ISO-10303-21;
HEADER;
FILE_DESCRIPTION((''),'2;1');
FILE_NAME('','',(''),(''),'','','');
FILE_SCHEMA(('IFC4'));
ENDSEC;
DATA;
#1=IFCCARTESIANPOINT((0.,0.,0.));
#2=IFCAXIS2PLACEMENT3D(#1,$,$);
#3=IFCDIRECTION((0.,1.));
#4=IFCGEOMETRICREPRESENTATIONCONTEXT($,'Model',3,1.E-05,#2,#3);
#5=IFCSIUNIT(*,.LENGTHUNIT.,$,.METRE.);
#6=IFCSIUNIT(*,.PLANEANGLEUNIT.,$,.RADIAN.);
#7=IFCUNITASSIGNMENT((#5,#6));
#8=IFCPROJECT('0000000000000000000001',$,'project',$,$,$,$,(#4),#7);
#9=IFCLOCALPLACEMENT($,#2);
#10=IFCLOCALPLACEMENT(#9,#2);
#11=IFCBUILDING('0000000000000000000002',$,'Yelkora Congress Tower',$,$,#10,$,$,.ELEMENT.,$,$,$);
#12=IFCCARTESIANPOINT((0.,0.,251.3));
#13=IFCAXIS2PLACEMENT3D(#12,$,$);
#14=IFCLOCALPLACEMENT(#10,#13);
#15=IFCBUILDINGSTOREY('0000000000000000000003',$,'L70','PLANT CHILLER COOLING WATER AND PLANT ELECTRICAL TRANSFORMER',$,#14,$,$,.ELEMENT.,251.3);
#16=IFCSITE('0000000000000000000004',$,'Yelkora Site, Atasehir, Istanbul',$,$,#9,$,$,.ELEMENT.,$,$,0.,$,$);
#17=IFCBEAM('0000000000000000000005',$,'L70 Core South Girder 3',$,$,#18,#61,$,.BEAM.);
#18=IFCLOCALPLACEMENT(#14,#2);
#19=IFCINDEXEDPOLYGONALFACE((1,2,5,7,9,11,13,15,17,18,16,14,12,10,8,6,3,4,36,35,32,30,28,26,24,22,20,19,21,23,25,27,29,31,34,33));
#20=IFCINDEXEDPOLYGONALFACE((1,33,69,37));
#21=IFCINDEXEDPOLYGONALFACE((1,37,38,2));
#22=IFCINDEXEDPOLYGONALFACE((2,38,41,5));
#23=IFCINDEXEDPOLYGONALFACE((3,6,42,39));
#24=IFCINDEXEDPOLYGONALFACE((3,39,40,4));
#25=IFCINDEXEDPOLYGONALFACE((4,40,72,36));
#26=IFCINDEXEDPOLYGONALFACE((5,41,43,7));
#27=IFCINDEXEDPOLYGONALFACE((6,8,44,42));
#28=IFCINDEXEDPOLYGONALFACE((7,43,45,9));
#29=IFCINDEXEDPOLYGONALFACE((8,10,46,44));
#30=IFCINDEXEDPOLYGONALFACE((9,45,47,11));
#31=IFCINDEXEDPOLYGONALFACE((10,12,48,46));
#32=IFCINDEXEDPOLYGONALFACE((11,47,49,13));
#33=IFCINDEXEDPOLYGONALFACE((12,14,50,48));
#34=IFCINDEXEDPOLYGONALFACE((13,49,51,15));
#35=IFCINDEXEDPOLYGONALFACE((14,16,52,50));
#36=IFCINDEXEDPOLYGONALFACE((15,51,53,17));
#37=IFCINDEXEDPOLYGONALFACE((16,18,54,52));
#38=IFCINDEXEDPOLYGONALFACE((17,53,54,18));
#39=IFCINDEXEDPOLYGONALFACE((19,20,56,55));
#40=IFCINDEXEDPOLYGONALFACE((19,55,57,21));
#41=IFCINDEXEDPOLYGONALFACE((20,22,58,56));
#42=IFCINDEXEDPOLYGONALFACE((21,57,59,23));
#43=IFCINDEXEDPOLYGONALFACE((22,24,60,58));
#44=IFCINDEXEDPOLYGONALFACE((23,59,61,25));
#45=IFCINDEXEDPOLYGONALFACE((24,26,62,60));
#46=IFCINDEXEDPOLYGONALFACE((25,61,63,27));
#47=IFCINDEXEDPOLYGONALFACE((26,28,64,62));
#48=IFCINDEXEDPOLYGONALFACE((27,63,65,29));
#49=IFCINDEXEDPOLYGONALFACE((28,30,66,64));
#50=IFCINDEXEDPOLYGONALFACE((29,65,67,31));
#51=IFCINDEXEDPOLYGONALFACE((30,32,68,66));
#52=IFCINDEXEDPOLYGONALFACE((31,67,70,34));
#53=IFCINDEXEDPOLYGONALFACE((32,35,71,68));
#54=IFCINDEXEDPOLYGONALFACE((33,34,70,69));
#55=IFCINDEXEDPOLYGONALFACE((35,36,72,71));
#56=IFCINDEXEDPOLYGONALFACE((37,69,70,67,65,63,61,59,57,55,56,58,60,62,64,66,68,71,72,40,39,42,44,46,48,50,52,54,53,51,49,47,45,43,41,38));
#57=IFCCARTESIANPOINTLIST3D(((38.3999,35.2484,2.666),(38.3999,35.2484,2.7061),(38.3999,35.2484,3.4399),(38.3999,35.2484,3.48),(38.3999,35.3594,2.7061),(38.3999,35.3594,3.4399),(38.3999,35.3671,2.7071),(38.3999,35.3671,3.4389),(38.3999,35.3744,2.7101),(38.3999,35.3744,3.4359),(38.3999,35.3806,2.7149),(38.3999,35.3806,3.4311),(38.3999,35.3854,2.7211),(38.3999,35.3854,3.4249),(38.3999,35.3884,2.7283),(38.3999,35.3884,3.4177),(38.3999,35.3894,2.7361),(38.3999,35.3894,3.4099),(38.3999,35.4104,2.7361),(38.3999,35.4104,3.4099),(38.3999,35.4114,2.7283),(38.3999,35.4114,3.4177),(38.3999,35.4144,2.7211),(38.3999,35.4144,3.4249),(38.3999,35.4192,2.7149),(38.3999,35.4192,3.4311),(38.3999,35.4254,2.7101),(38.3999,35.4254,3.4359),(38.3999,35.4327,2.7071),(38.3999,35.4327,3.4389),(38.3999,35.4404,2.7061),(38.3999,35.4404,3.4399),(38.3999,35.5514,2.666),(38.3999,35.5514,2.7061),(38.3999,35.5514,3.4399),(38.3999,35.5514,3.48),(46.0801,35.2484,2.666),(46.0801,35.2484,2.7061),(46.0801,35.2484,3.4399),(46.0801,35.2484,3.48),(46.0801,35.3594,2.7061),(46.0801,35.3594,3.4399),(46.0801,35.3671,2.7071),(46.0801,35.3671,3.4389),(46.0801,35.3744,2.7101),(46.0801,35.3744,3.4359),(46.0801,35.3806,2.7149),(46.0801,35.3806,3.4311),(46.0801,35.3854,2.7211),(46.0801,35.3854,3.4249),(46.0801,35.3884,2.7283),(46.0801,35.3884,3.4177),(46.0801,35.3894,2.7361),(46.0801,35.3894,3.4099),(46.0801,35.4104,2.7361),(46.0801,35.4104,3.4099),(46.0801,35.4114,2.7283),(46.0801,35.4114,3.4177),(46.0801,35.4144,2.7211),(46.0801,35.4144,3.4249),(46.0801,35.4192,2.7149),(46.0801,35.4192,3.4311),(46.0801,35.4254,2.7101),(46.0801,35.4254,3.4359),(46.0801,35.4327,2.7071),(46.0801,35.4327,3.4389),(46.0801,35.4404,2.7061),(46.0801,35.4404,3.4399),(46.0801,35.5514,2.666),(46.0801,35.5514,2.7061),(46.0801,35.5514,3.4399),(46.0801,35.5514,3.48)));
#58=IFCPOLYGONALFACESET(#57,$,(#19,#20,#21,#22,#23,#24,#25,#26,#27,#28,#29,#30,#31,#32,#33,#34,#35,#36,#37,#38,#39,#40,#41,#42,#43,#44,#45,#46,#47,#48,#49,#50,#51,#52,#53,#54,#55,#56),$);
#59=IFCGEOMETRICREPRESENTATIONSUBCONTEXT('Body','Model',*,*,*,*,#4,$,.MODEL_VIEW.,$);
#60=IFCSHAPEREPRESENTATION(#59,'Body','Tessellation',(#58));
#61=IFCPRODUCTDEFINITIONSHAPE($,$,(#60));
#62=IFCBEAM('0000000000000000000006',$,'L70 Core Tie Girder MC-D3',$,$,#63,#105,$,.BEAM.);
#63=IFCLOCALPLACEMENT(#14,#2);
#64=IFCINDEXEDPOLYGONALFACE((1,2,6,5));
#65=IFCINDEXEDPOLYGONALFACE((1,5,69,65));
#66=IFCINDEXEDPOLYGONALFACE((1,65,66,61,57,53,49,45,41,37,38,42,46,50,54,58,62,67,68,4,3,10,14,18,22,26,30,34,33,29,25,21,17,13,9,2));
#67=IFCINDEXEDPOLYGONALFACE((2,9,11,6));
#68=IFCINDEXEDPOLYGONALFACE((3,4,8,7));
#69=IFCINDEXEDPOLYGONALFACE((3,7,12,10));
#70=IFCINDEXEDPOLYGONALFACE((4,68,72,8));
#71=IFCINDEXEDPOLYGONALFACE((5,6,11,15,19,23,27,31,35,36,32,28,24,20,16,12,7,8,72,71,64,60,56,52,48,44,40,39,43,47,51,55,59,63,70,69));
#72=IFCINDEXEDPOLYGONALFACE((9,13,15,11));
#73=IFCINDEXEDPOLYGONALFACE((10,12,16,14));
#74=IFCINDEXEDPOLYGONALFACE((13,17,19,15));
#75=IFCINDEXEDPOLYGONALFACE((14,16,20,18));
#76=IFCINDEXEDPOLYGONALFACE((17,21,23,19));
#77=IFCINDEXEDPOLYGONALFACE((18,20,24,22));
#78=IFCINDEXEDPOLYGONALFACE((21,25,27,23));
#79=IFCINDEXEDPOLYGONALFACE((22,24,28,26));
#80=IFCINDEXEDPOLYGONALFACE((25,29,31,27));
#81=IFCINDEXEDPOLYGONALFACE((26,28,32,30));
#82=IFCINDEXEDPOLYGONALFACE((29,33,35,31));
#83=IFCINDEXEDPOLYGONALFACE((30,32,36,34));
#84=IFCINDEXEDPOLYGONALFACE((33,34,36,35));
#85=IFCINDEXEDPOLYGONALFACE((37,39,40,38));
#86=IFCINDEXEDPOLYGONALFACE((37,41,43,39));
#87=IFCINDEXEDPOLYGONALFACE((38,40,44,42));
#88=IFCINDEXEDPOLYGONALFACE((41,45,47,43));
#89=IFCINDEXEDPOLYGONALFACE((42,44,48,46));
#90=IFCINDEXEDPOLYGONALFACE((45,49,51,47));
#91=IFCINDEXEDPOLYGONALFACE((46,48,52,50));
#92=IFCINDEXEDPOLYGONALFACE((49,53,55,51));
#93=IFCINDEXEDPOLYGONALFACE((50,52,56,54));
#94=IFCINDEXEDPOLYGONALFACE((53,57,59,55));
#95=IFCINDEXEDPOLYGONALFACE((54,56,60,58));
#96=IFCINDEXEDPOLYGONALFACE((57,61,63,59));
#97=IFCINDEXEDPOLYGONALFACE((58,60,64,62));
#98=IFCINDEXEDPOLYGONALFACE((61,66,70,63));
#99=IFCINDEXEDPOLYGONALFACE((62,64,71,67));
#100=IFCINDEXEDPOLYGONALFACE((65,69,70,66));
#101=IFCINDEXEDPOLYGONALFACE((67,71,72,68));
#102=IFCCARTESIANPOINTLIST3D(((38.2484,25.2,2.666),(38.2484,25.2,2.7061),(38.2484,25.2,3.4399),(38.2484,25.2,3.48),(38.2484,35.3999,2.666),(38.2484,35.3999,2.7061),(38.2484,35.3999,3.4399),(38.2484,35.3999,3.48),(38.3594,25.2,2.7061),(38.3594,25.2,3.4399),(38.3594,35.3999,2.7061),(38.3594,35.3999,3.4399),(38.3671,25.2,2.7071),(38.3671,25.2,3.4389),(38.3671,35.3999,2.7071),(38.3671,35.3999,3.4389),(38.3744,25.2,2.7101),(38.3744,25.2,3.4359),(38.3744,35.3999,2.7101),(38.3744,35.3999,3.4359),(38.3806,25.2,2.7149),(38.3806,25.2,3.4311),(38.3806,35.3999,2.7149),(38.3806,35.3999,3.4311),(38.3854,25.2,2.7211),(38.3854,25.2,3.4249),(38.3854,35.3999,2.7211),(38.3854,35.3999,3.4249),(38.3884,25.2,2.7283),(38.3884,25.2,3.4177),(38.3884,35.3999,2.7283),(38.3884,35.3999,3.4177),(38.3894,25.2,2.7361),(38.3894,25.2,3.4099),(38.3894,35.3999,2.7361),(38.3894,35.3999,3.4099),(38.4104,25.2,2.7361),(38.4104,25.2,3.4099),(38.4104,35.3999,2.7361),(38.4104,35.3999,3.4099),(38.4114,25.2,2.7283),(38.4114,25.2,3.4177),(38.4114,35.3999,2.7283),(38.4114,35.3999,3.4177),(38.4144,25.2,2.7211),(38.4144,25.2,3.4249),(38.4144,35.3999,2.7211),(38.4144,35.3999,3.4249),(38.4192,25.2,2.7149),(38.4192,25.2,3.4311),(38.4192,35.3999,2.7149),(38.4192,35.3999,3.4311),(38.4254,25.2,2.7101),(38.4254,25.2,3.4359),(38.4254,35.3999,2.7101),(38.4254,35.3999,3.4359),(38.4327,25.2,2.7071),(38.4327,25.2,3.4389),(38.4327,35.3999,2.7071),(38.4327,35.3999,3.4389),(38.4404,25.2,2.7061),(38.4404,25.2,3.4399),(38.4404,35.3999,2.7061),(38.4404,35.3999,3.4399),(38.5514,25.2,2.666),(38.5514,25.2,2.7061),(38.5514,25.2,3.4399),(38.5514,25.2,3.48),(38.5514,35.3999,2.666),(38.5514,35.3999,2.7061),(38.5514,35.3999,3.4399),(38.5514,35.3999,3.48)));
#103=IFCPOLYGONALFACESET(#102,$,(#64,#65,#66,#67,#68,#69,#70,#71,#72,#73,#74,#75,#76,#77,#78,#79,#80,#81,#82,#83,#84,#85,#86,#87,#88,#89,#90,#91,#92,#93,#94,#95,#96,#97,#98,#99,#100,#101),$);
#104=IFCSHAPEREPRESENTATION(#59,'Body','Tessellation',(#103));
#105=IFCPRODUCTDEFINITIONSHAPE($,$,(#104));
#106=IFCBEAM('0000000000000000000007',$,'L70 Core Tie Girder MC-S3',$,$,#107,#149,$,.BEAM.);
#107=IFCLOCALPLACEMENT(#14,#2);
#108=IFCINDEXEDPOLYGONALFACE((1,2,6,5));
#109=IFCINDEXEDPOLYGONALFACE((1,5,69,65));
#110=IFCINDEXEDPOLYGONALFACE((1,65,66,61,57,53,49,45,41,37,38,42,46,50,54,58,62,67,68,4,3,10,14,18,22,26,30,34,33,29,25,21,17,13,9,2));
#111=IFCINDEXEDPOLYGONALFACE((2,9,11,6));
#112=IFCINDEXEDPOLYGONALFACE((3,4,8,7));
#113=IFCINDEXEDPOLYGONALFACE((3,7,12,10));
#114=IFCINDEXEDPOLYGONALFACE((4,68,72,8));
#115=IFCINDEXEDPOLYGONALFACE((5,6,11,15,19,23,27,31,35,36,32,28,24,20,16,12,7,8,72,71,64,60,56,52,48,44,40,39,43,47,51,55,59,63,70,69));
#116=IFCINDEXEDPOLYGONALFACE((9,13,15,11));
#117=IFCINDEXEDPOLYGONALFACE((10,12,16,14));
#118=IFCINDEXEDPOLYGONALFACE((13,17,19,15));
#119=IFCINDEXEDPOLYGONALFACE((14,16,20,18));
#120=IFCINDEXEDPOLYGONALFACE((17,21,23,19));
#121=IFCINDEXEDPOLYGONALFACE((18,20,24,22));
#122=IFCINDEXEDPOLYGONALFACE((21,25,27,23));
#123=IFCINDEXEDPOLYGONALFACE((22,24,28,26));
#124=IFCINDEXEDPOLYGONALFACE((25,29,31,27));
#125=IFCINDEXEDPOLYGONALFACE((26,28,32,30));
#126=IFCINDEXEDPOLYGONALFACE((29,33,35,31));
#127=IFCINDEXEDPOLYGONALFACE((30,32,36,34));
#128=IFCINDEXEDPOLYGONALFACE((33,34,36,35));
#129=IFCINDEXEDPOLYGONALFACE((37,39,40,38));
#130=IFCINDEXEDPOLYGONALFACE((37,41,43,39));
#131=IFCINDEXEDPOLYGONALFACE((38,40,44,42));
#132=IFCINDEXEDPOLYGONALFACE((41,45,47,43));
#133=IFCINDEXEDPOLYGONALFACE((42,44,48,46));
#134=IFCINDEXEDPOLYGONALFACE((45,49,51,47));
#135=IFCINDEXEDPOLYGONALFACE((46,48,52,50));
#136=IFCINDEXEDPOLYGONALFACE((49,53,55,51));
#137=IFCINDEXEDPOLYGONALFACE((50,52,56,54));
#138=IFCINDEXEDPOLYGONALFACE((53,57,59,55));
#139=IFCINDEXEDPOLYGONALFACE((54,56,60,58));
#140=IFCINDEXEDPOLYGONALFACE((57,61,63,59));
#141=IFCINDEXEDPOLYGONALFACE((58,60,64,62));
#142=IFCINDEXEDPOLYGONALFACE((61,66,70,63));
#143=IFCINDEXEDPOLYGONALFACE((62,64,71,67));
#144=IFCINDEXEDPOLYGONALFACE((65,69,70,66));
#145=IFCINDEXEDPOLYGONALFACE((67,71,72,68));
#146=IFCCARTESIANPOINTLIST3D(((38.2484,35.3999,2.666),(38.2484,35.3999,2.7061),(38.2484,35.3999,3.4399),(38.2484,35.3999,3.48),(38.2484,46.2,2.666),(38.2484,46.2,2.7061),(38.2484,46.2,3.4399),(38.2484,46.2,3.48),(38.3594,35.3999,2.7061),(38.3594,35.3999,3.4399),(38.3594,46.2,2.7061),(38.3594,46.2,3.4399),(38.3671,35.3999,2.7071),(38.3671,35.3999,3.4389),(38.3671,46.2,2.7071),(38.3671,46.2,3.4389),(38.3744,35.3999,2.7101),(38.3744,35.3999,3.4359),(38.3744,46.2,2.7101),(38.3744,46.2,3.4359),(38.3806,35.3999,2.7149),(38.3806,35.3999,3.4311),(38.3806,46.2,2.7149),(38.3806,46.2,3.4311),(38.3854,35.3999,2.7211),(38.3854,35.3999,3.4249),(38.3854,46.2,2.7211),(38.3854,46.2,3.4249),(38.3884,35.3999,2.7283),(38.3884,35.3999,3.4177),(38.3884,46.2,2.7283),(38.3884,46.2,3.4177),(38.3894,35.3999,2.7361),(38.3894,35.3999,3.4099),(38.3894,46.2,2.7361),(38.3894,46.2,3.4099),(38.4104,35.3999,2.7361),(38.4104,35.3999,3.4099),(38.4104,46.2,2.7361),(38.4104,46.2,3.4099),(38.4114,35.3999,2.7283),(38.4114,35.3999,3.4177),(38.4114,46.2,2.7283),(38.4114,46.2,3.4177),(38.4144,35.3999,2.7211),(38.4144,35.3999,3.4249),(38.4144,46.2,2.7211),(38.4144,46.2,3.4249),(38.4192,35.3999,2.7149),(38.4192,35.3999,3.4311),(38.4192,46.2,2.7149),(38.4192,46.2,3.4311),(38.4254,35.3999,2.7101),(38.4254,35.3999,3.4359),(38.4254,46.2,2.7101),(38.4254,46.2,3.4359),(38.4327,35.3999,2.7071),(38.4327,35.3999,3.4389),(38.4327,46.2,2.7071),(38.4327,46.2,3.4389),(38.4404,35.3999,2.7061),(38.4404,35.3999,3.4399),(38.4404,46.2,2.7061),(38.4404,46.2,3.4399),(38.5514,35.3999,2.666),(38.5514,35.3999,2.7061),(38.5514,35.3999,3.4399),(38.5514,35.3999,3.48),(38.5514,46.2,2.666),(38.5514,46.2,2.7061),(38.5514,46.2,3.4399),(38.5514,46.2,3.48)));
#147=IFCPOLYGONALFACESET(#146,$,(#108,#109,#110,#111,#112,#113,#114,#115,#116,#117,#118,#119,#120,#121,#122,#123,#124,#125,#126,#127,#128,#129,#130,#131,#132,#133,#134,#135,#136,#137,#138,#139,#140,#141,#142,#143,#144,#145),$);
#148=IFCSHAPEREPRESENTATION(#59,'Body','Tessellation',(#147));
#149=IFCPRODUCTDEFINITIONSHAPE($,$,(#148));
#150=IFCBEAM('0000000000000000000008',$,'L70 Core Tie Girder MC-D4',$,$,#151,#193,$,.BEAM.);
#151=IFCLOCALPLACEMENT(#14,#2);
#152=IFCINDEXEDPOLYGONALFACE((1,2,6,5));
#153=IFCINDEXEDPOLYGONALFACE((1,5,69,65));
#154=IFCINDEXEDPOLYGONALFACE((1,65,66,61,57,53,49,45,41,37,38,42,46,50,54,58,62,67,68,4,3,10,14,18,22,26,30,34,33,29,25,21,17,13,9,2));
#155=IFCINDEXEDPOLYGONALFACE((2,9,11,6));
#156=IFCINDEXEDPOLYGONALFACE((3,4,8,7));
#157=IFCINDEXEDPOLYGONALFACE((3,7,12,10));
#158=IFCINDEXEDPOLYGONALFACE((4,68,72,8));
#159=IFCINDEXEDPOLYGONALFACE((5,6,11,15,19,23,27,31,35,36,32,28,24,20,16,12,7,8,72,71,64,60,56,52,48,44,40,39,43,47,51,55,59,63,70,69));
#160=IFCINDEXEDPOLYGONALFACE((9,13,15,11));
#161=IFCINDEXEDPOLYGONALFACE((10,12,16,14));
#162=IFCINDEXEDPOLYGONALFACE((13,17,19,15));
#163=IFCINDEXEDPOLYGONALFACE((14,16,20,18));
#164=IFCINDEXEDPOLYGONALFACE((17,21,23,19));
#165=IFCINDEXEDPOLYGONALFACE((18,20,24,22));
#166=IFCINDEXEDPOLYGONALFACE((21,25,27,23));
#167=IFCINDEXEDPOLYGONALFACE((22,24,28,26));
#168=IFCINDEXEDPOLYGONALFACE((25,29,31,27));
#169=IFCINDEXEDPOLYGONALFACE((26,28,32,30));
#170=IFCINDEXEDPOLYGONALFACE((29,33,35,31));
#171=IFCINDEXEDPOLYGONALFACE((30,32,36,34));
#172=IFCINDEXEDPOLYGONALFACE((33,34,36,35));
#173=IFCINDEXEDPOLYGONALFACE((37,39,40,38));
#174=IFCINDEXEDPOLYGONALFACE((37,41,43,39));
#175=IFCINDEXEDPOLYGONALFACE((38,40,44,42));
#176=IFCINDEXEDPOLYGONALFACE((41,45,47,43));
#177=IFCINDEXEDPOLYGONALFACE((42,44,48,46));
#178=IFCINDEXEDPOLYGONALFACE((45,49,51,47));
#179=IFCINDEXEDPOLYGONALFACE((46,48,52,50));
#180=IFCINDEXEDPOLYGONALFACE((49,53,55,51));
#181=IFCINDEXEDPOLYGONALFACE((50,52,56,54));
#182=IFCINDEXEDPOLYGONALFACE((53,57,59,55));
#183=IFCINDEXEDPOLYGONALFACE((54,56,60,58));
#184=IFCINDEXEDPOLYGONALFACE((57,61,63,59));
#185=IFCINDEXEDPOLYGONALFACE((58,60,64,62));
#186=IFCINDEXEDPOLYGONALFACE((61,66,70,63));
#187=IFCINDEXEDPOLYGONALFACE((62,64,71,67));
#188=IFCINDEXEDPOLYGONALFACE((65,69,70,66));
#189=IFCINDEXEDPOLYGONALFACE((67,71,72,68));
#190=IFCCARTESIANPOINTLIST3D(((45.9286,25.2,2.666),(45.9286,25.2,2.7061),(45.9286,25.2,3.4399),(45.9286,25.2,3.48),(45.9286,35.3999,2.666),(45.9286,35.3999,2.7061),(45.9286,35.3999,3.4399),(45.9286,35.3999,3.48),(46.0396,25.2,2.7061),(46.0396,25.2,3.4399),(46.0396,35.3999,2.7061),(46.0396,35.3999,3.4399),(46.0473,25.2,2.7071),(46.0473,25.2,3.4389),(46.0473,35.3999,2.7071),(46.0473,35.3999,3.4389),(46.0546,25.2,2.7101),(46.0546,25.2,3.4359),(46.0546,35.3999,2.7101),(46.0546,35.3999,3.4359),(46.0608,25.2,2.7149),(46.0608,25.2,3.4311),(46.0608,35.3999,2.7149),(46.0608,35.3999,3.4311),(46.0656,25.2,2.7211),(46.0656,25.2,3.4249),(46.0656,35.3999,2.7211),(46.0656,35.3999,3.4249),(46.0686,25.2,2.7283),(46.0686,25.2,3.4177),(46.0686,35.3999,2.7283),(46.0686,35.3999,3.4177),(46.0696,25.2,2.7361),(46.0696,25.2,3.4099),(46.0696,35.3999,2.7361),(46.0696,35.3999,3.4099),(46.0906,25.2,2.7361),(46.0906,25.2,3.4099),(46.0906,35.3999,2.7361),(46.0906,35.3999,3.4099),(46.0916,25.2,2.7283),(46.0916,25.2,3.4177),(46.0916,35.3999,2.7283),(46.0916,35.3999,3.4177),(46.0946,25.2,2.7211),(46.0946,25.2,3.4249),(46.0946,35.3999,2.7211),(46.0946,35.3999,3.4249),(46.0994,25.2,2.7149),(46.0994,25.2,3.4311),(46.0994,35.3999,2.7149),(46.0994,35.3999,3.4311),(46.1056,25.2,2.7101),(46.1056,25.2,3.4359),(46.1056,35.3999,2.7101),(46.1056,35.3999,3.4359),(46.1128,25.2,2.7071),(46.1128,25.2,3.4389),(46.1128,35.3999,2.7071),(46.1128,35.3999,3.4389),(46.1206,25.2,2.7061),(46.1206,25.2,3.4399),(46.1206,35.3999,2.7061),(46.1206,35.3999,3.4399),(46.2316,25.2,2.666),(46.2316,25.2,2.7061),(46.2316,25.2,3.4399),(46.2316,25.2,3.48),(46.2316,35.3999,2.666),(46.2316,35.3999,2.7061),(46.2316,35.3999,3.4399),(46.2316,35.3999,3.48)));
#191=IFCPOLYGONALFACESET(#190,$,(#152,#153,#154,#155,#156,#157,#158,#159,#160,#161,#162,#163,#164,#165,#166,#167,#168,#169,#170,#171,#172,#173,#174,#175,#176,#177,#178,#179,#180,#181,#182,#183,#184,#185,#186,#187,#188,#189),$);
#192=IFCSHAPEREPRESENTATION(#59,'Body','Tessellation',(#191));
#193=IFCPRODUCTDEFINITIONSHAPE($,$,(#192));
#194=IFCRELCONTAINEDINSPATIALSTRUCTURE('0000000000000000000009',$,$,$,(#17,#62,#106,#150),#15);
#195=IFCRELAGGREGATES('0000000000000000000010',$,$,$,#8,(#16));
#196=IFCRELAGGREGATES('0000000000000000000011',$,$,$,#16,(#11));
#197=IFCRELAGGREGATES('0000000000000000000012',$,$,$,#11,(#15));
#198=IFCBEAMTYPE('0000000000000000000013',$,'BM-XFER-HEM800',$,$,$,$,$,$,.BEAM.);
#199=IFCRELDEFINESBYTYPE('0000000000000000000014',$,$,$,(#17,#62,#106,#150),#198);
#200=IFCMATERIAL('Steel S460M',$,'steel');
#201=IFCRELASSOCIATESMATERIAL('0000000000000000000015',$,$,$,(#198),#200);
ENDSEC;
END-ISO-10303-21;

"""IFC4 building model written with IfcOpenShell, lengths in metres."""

from ifc_helpers import new_model, si_unit, direction, frame, origin, origin_2d, place, context, subcontext, project, spatial, i_section, extrude, material, material_profile, profile_set, type_object, element, save


model = new_model("IFC4")

# Units and contexts
model_context = context("Model", 3, precision=1e-05, world=origin(), true_north=direction((0.0, 1.0)))
body_context = subcontext(model_context, "Body", "Model", "MODEL_VIEW")
ifc_project = project(units=[si_unit("LENGTHUNIT", "METRE"), si_unit("PLANEANGLEUNIT", "RADIAN")], contexts=[model_context])

# Site, building, storey
site_placement = place(None, origin())
site = spatial("IfcSite", under=ifc_project, at=site_placement, Name="Yelkora Site, Atasehir, Istanbul", CompositionType="ELEMENT", RefElevation=0.0)
building_placement = place(site_placement, origin())
building = spatial("IfcBuilding", under=site, at=building_placement, Name="Yelkora Congress Tower", CompositionType="ELEMENT")
storey_placement = place(building_placement, frame((0.0, 0.0, 251.3)))
storey = spatial("IfcBuildingStorey", under=building, at=storey_placement, Name="L70", Description="PLANT CHILLER COOLING WATER AND PLANT ELECTRICAL TRANSFORMER", CompositionType="ELEMENT", Elevation=251.3)

# Shared definitions
ifc_material_1 = material(Name="Steel S460M", Category="steel")

# Beams
ifc_material_profile_1 = material_profile(ifc_material_1, i_section(OverallWidth=0.303, OverallDepth=0.814, WebThickness=0.021, FlangeThickness=0.04, FilletRadius=0.03, at=origin_2d()), Name="HEM 800")
ifc_profile_set_1 = profile_set([ifc_material_profile_1], Name="Steel S460M")
beam_type = type_object("IfcBeamType", Name="BM-XFER-HEM800", PredefinedType="BEAM", material=ifc_profile_set_1)
beam_1_placement = place(storey_placement, frame((38.3999, 35.3999, 3.073), z_axis=(1.0, 0.0, 0.0), x_axis=(0.0, 1.0, 0.0)))
element("IfcBeam", 1, at=beam_1_placement, inside=storey, type_object=beam_type, Name="L70 Core South Girder 3", PredefinedType="BEAM", context=body_context, shape_type="SweptSolid", body=[
    extrude(i_section(OverallWidth=0.303, OverallDepth=0.814, WebThickness=0.021, FlangeThickness=0.04, FilletRadius=0.03, at=origin_2d()), origin(), (0.0, 0.0, 1.0), 7.6802),
])
beam_2_placement = place(storey_placement, frame((38.3999, 25.2, 3.073), z_axis=(0.0, 1.0, 0.0), x_axis=(-1.0, 0.0, 0.0)))
element("IfcBeam", 2, at=beam_2_placement, inside=storey, type_object=beam_type, Name="L70 Core Tie Girder MC-D3", PredefinedType="BEAM", context=body_context, shape_type="SweptSolid", body=[
    extrude(i_section(OverallWidth=0.303, OverallDepth=0.814, WebThickness=0.021, FlangeThickness=0.04, FilletRadius=0.03, at=origin_2d()), origin(), (0.0, 0.0, 1.0), 10.2),
])
beam_3_placement = place(storey_placement, frame((38.3999, 35.3999, 3.073), z_axis=(0.0, 1.0, 0.0), x_axis=(-1.0, 0.0, 0.0)))
element("IfcBeam", 3, at=beam_3_placement, inside=storey, type_object=beam_type, Name="L70 Core Tie Girder MC-S3", PredefinedType="BEAM", context=body_context, shape_type="SweptSolid", body=[
    extrude(i_section(OverallWidth=0.303, OverallDepth=0.814, WebThickness=0.021, FlangeThickness=0.04, FilletRadius=0.03, at=origin_2d()), origin(), (0.0, 0.0, 1.0), 10.8),
])
beam_4_placement = place(storey_placement, frame((46.0801, 25.2, 3.073), z_axis=(0.0, 1.0, 0.0), x_axis=(-1.0, 0.0, 0.0)))
element("IfcBeam", 4, at=beam_4_placement, inside=storey, type_object=beam_type, Name="L70 Core Tie Girder MC-D4", PredefinedType="BEAM", context=body_context, shape_type="SweptSolid", body=[
    extrude(i_section(OverallWidth=0.303, OverallDepth=0.814, WebThickness=0.021, FlangeThickness=0.04, FilletRadius=0.03, at=origin_2d()), origin(), (0.0, 0.0, 1.0), 10.2),
])

save(model, "model.ifc")
